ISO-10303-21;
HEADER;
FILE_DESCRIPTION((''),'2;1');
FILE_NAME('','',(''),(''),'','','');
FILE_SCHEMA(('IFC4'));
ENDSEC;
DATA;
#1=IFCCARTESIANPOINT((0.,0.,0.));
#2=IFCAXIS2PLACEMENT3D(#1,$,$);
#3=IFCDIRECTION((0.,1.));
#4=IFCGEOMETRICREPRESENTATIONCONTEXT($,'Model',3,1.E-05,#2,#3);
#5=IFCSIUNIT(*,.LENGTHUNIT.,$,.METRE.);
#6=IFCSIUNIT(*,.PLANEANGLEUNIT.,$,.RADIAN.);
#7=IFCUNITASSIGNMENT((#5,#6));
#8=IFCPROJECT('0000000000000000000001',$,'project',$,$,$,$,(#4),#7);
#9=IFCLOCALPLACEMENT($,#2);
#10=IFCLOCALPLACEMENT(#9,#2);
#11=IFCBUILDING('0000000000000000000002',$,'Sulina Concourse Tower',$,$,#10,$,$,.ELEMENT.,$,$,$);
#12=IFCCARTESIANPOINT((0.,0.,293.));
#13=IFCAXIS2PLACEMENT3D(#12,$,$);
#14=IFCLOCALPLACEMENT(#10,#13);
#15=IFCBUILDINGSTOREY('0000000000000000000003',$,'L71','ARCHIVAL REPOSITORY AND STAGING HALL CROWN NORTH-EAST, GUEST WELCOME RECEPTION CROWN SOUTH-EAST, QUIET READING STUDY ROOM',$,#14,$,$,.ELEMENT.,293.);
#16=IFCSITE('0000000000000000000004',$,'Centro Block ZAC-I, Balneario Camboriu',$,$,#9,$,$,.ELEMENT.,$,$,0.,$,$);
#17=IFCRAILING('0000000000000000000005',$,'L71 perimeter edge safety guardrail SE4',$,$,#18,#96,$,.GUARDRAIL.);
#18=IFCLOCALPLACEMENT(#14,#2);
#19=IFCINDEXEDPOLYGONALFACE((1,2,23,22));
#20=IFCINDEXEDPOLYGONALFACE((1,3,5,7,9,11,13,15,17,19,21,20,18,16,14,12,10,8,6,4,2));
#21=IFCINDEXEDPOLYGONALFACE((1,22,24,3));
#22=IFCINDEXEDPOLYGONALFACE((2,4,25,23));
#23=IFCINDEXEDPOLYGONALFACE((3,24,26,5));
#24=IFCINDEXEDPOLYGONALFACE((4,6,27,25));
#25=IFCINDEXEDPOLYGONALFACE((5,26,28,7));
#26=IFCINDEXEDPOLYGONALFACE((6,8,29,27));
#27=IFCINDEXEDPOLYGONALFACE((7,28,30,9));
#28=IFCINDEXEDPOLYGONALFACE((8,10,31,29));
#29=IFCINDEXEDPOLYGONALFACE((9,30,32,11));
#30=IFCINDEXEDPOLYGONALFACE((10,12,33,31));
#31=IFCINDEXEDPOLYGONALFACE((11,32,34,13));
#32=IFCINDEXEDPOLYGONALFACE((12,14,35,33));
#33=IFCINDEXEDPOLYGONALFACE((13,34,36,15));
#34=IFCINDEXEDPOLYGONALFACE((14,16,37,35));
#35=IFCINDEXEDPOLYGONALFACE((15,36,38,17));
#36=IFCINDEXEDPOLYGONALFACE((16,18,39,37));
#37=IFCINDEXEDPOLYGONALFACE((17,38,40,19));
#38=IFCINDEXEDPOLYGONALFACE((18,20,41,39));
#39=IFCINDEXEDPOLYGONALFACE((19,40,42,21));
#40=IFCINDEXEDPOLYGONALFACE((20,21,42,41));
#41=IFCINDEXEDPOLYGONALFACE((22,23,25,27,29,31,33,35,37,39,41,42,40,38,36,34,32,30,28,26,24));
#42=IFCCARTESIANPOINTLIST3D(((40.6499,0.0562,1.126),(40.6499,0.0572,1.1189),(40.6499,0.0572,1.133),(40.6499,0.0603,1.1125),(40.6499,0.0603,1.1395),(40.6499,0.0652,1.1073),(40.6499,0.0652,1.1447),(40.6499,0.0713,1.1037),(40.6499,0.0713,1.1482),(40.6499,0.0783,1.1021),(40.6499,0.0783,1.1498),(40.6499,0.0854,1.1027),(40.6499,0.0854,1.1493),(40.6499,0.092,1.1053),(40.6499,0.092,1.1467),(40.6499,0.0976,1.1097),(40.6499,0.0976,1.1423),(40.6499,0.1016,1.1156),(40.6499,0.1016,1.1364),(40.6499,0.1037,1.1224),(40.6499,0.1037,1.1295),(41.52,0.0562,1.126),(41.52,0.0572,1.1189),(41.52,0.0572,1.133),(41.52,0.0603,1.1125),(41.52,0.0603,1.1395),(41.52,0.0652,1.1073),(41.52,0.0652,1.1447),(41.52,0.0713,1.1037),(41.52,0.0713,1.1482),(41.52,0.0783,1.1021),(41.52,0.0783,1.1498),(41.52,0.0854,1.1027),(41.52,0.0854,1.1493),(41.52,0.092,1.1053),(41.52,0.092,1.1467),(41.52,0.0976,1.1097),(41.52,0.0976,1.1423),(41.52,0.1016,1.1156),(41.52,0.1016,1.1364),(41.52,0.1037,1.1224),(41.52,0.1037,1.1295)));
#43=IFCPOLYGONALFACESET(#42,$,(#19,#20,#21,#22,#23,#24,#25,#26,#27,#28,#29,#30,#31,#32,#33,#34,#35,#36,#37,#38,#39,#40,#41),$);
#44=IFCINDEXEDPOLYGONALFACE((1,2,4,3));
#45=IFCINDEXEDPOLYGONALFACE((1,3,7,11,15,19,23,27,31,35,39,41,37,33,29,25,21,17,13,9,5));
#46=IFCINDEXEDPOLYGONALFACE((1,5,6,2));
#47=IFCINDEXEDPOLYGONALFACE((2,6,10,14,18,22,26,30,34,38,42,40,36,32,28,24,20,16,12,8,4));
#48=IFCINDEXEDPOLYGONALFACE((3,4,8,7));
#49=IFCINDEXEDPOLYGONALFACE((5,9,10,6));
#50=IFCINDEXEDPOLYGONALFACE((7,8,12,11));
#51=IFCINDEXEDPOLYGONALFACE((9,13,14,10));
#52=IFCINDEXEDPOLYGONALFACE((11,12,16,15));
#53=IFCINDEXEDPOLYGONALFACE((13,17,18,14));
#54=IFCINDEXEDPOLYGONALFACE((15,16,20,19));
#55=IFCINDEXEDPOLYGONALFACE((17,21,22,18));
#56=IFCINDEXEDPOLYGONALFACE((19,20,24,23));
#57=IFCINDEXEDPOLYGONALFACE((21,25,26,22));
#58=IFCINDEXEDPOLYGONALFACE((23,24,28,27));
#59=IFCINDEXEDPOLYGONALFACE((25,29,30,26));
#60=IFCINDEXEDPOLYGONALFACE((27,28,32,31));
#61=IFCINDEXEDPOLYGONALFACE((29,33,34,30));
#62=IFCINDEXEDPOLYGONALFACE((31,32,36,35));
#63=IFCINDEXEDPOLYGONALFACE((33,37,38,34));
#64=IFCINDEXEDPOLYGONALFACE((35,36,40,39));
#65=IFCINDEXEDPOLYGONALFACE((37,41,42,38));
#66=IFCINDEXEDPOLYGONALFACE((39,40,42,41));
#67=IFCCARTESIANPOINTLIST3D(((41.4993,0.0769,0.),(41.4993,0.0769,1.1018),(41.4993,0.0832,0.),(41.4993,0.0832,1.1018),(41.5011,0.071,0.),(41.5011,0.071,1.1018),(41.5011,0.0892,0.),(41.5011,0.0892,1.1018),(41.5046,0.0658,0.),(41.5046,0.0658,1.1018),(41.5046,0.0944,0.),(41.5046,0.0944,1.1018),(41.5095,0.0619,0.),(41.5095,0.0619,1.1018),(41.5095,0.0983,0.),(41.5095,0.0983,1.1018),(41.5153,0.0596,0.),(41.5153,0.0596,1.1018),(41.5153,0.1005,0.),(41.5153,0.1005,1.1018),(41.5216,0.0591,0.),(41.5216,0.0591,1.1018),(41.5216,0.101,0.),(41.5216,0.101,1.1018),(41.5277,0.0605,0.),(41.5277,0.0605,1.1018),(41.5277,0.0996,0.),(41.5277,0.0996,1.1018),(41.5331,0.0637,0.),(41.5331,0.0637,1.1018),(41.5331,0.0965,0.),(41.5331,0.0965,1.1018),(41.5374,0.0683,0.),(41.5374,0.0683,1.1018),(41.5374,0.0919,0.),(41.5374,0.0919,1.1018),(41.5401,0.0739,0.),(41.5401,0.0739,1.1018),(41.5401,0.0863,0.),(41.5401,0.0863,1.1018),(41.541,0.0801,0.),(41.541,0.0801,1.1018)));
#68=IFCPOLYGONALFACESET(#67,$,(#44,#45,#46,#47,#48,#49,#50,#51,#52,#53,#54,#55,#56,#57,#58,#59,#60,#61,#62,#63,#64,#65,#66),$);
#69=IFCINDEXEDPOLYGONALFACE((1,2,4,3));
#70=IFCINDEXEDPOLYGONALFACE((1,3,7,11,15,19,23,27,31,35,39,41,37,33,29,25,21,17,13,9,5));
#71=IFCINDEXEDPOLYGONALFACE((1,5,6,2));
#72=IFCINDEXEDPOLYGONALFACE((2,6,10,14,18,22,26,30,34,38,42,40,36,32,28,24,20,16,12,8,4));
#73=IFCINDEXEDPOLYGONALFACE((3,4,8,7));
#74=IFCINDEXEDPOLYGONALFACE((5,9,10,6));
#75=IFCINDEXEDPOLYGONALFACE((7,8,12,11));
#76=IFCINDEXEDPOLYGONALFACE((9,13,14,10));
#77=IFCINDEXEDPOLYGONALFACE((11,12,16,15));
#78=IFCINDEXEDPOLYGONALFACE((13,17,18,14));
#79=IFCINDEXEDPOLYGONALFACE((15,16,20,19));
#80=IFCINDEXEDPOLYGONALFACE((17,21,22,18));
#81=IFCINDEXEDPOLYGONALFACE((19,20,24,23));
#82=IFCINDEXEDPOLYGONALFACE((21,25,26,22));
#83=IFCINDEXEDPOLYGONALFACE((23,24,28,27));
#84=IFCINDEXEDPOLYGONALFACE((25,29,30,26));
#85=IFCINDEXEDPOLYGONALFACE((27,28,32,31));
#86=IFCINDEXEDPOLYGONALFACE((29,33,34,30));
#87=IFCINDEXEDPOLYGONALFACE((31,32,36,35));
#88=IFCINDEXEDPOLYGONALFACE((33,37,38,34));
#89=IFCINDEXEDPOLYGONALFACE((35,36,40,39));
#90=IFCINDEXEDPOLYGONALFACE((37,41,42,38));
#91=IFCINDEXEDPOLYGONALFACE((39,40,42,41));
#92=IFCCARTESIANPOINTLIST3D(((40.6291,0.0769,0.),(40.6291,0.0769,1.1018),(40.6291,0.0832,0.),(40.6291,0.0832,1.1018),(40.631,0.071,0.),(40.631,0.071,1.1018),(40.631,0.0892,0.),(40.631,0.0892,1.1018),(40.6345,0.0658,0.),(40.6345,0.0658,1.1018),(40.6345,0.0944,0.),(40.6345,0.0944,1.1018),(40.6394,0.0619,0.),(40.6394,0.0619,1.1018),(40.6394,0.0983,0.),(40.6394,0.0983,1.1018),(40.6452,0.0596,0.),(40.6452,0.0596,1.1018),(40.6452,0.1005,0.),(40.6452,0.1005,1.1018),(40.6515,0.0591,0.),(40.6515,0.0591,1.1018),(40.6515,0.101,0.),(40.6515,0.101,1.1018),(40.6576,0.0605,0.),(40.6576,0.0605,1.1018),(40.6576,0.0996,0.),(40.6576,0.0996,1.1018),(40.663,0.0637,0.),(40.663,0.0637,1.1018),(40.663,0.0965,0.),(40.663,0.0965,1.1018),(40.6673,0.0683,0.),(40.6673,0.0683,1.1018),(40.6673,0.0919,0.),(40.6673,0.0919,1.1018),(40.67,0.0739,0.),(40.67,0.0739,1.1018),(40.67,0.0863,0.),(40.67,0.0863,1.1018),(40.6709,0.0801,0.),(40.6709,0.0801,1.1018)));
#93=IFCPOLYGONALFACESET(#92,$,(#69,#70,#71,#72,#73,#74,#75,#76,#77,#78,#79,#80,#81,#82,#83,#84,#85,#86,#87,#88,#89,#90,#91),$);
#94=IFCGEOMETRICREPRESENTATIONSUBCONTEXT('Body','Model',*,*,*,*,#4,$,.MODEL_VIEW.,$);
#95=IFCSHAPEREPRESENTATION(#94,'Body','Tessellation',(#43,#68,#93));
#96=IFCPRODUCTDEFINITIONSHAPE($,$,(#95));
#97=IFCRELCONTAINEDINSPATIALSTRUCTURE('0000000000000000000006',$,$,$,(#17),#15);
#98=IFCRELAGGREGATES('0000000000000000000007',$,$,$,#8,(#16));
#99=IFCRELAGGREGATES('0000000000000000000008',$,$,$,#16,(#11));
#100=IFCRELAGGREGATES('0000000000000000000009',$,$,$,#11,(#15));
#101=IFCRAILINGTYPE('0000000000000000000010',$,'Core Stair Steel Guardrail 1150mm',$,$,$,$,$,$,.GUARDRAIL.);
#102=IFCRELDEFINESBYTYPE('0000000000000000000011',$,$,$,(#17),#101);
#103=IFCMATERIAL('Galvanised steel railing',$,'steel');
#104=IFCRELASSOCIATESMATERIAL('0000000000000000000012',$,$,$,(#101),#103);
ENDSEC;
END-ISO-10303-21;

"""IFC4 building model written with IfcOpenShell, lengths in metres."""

from ifc_helpers import new_model, si_unit, direction, frame, origin, origin_2d, place, context, subcontext, project, spatial, circle, extrude, material, type_object, element, save


model = new_model("IFC4")

# Units and contexts
model_context = context("Model", 3, precision=1e-05, world=origin(), true_north=direction((0.0, 1.0)))
body_context = subcontext(model_context, "Body", "Model", "MODEL_VIEW")
ifc_project = project(units=[si_unit("LENGTHUNIT", "METRE"), si_unit("PLANEANGLEUNIT", "RADIAN")], contexts=[model_context])

# Site, building, storey
site_placement = place(None, origin())
site = spatial("IfcSite", under=ifc_project, at=site_placement, Name="Centro Block ZAC-I, Balneario Camboriu", CompositionType="ELEMENT", RefElevation=0.0)
building_placement = place(site_placement, origin())
building = spatial("IfcBuilding", under=site, at=building_placement, Name="Sulina Concourse Tower", CompositionType="ELEMENT")
storey_placement = place(building_placement, frame((0.0, 0.0, 293.0)))
storey = spatial("IfcBuildingStorey", under=building, at=storey_placement, Name="L71", Description="ARCHIVAL REPOSITORY AND STAGING HALL CROWN NORTH-EAST, GUEST WELCOME RECEPTION CROWN SOUTH-EAST, QUIET READING STUDY ROOM", CompositionType="ELEMENT", Elevation=293.0)

# Railing
ifc_material_1 = material(Name="Galvanised steel railing", Category="steel")
railing_type = type_object("IfcRailingType", Name="Core Stair Steel Guardrail 1150mm", PredefinedType="GUARDRAIL", material=ifc_material_1)
railing_1_placement = place(storey_placement, frame((41.52, 0.0801, 0.0)))
element("IfcRailing", 1, at=railing_1_placement, inside=storey, type_object=railing_type, Name="L71 perimeter edge safety guardrail SE4", PredefinedType="GUARDRAIL", context=body_context, shape_type="SweptSolid", body=[
    extrude(circle(Radius=0.0239, at=origin_2d()), frame((0.0, 0.0, 1.126), z_axis=(-1.0, 0.0, 0.0), x_axis=(0.0, -1.0, 0.0)), (0.0, 0.0, 1.0), 0.8701),
    extrude(circle(Radius=0.021, at=origin_2d()), origin(), (0.0, 0.0, 1.0), 1.1018),
    extrude(circle(Radius=0.021, at=origin_2d()), frame((-0.8701, 0.0, 0.0)), (0.0, 0.0, 1.0), 1.1018),
])

save(model, "model.ifc")
